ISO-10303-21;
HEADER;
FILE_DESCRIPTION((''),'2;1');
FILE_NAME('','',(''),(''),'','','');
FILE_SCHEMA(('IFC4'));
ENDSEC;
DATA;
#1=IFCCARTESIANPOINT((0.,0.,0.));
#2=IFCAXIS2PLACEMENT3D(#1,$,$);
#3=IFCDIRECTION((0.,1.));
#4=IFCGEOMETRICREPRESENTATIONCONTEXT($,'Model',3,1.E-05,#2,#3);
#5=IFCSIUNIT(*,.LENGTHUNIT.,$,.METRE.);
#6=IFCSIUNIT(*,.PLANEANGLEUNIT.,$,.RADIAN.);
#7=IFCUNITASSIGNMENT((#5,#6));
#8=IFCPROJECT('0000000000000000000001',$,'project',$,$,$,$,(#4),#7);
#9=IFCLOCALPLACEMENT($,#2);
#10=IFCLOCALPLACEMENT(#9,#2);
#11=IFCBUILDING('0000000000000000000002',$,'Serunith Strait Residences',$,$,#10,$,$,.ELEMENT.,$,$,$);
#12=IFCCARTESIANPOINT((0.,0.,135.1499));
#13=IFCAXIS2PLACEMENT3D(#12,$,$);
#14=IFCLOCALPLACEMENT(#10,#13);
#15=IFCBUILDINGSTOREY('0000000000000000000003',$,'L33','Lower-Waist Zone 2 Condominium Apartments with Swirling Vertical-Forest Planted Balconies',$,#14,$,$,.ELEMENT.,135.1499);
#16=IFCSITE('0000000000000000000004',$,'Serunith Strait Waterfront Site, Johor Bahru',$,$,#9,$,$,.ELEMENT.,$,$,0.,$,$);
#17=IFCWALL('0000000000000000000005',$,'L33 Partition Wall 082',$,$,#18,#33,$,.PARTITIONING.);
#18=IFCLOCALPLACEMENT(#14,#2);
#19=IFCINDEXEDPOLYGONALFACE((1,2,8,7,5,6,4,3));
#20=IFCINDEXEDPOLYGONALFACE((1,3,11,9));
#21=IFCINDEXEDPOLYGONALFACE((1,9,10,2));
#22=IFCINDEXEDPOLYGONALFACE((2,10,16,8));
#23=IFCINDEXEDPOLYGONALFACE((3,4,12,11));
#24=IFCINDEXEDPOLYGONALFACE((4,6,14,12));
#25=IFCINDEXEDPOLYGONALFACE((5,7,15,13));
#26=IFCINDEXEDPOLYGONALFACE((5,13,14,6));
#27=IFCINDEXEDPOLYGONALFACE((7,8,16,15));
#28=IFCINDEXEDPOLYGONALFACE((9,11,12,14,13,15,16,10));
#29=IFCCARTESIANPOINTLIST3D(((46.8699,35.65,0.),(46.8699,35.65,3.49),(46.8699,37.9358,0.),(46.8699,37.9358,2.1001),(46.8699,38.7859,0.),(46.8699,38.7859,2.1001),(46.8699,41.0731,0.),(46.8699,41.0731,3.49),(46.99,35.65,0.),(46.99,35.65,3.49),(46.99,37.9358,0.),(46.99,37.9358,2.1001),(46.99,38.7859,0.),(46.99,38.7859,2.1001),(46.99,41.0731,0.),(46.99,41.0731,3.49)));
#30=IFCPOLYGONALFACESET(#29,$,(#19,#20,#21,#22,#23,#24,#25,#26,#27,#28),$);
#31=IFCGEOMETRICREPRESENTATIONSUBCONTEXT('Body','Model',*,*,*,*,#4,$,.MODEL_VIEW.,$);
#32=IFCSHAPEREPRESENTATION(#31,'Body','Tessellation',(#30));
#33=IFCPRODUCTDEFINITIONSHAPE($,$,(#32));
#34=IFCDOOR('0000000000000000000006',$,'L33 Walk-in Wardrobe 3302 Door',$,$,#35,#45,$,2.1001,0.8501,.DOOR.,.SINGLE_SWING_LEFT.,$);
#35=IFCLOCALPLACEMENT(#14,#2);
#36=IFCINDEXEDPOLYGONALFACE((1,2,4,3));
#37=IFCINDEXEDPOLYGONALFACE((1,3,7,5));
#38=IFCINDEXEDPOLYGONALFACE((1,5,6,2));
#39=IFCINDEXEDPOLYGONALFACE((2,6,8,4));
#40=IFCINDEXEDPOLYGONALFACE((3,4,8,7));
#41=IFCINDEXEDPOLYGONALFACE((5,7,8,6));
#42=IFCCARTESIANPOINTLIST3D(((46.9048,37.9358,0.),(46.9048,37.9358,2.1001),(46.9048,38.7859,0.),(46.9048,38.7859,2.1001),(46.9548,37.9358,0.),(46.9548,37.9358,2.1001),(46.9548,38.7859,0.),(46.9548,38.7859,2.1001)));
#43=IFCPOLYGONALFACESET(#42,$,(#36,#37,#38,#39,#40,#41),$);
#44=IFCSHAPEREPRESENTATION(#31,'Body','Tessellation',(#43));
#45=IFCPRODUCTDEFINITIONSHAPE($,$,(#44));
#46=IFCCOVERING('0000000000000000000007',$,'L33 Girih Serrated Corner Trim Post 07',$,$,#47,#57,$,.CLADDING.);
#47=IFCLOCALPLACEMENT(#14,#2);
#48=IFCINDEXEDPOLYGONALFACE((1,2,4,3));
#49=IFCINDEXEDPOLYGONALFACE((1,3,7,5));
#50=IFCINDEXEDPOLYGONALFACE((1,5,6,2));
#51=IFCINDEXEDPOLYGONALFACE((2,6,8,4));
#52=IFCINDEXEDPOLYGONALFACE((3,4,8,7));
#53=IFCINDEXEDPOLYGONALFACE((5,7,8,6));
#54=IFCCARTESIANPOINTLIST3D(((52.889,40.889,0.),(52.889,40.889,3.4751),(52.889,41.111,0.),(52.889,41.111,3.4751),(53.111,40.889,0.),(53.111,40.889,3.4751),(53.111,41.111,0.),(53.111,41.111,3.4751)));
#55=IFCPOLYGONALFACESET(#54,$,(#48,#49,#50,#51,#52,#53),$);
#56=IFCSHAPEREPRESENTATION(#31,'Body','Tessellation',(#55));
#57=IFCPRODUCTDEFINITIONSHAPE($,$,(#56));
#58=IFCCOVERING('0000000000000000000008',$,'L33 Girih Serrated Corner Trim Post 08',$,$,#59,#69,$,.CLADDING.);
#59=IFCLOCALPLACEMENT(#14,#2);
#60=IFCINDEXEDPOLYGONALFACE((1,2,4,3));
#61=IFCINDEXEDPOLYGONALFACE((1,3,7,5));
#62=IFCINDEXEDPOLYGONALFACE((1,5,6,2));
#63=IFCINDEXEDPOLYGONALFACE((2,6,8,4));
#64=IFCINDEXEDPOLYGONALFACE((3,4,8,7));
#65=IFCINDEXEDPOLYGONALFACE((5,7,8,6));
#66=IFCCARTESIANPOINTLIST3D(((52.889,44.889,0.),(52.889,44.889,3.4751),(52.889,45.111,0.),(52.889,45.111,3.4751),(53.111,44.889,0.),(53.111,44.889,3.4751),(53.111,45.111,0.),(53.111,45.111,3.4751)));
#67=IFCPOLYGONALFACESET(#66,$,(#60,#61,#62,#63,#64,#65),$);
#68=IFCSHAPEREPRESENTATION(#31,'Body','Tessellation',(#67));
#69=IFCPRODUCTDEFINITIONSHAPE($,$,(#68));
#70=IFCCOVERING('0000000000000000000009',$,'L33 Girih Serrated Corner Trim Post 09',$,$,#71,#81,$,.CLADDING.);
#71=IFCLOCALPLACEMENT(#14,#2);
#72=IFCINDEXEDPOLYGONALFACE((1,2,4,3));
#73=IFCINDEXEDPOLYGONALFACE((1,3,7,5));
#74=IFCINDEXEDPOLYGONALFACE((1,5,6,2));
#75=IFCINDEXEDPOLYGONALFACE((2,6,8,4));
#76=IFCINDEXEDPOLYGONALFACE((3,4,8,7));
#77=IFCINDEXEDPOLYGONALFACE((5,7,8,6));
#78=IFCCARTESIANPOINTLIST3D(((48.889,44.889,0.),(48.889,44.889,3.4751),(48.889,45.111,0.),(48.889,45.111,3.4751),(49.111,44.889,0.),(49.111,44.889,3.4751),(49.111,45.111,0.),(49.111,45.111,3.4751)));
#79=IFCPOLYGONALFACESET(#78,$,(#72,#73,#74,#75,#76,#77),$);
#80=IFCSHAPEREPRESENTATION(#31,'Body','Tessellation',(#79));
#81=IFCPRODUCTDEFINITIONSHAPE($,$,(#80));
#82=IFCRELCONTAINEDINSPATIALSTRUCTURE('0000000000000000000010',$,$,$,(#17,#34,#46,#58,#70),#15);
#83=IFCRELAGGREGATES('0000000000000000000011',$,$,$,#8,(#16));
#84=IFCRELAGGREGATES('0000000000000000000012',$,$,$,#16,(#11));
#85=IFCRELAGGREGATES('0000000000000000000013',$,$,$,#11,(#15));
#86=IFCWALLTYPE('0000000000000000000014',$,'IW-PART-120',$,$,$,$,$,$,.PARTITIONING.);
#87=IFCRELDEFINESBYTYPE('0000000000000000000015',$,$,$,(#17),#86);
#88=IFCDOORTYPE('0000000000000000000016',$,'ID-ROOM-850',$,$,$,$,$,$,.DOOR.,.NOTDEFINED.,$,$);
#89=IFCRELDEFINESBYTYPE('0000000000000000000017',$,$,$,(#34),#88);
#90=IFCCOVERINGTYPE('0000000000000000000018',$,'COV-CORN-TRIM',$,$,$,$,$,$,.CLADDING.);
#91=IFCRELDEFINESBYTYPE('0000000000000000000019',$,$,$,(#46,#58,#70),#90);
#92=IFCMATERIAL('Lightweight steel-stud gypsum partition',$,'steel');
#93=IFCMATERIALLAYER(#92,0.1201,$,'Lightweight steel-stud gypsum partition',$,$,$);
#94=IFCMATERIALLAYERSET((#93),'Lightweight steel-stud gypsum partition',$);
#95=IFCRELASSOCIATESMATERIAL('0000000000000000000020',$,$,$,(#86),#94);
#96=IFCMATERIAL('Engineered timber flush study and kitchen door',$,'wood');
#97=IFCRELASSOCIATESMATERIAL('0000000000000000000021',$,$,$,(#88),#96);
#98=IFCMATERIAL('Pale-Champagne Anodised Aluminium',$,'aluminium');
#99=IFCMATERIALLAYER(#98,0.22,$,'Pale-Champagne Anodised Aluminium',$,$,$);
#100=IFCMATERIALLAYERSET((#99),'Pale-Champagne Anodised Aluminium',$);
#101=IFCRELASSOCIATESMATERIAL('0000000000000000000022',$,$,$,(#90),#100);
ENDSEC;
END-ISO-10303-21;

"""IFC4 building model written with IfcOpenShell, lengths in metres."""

from ifc_helpers import new_model, si_unit, direction, frame, frame_2d, origin, origin_2d, place, context, subcontext, project, spatial, rectangle, extrude, source, transform, mapped, material, layer, layer_set, type_object, element, fill, save


model = new_model("IFC4")

# Units and contexts
model_context = context("Model", 3, precision=1e-05, world=origin(), true_north=direction((0.0, 1.0)))
body_context = subcontext(model_context, "Body", "Model", "MODEL_VIEW")
ifc_project = project(units=[si_unit("LENGTHUNIT", "METRE"), si_unit("PLANEANGLEUNIT", "RADIAN")], contexts=[model_context])

# Site, building, storey
site_placement = place(None, origin())
site = spatial("IfcSite", under=ifc_project, at=site_placement, Name="Serunith Strait Waterfront Site, Johor Bahru", CompositionType="ELEMENT", RefElevation=0.0)
building_placement = place(site_placement, origin())
building = spatial("IfcBuilding", under=site, at=building_placement, Name="Serunith Strait Residences", CompositionType="ELEMENT")
storey_placement = place(building_placement, frame((0.0, 0.0, 135.1499)))
storey = spatial("IfcBuildingStorey", under=building, at=storey_placement, Name="L33", Description="Lower-Waist Zone 2 Condominium Apartments with Swirling Vertical-Forest Planted Balconies", CompositionType="ELEMENT", Elevation=135.1499)

# Shared definitions
ifc_material_1 = material(Name="Pale-Champagne Anodised Aluminium", Category="aluminium")

# Shared definitions
ifc_material_2 = material(Name="Lightweight steel-stud gypsum partition", Category="steel")
ifc_layer_1 = layer(ifc_material_2, 0.1201, Name="Lightweight steel-stud gypsum partition")
ifc_layer_set_1 = layer_set([ifc_layer_1], Name="Lightweight steel-stud gypsum partition")
wall_type_1 = type_object("IfcWallType", Name="IW-PART-120", PredefinedType="PARTITIONING", material=ifc_layer_set_1)

# Wall, opening, door
wall_1_placement = place(storey_placement, frame((46.9299, 41.073, 0.0), z_axis=(0.0, 0.0, 1.0), x_axis=(0.0, -1.0, 0.0)))
wall_1 = element("IfcWall", 1, at=wall_1_placement, inside=storey, type_object=wall_type_1, Name="L33 Partition Wall 082", PredefinedType="PARTITIONING", context=body_context, shape_type="SweptSolid", body=[
    extrude(rectangle(XDim=5.4231, YDim=0.1201, at=frame_2d((2.7114, 0.0))), origin(), (0.0, 0.0, 1.0), 3.49),
])
opening_1_placement = place(wall_1_placement, frame((2.2871, 0.0, 0.0)))
opening_1 = element("IfcOpeningElement", 2, at=opening_1_placement, cuts=wall_1, PredefinedType="OPENING", context=body_context, shape_type="SweptSolid", body=[
    extrude(rectangle(XDim=0.8501, YDim=2.1001, at=frame_2d((0.425, 1.05))), frame((0.0, 0.0701, 0.0), z_axis=(0.0, -1.0, 0.0), x_axis=(1.0, 0.0, 0.0)), (0.0, 0.0, 1.0), 0.1401),
])
ifc_material_3 = material(Name="Engineered timber flush study and kitchen door", Category="wood")
door_type_1 = type_object("IfcDoorType", Name="ID-ROOM-850", OperationType="NOTDEFINED", PredefinedType="DOOR", material=ifc_material_3)
shared_shape_1 = source(origin(), body_context, "Body", "SweptSolid", [
    extrude(rectangle(XDim=0.8501, YDim=2.1001, at=frame_2d((0.425, 1.05))), frame((0.0, 0.0249, 0.0), z_axis=(0.0, -1.0, 0.0), x_axis=(1.0, 0.0, 0.0)), (0.0, 0.0, 1.0), 0.05),
])
door_1_placement = place(opening_1_placement, origin())
door_1 = element("IfcDoor", 3, at=door_1_placement, inside=storey, type_object=door_type_1, Name="L33 Walk-in Wardrobe 3302 Door", OperationType="SINGLE_SWING_LEFT", OverallHeight=2.1001, OverallWidth=0.8501, PredefinedType="DOOR", context=body_context, shape_type="MappedRepresentation", body=[
    mapped(shared_shape_1, transform((0.0, 0.0, 0.0), scale=1.0)),
])
fill(opening_1, door_1)

# Coverings
ifc_layer_2 = layer(ifc_material_1, 0.22, Name="Pale-Champagne Anodised Aluminium")
ifc_layer_set_2 = layer_set([ifc_layer_2], Name="Pale-Champagne Anodised Aluminium")
covering_type = type_object("IfcCoveringType", Name="COV-CORN-TRIM", PredefinedType="CLADDING", material=ifc_layer_set_2)
shared_shape_2 = source(origin(), body_context, "Body", "SweptSolid", [
    extrude(rectangle(XDim=0.2219, YDim=0.2219, at=origin_2d()), origin(), (0.0, 0.0, 1.0), 3.4751),
])
for number, where, z_axis, x_axis, name in (
    (4, (53.0, 41.0, 0.0), (0.0, 0.0, 1.0), (1.0, 0.0, 0.0), "L33 Girih Serrated Corner Trim Post 07"),
    (5, (53.0, 45.0, 0.0), (0.0, 0.0, 1.0), (1.0, 0.0, 0.0), "L33 Girih Serrated Corner Trim Post 08"),
    (6, (49.0, 45.0, 0.0), (0.0, 0.0, 1.0), (1.0, 0.0, 0.0), "L33 Girih Serrated Corner Trim Post 09"),
):
    element("IfcCovering", number, at=place(storey_placement, frame(where, z_axis=z_axis, x_axis=x_axis)), inside=storey, type_object=covering_type, Name=name, PredefinedType="CLADDING", context=body_context, shape_type="MappedRepresentation", body=[
        mapped(shared_shape_2, transform((0.0, 0.0, 0.0), scale=1.0)),
    ])

save(model, "model.ifc")
